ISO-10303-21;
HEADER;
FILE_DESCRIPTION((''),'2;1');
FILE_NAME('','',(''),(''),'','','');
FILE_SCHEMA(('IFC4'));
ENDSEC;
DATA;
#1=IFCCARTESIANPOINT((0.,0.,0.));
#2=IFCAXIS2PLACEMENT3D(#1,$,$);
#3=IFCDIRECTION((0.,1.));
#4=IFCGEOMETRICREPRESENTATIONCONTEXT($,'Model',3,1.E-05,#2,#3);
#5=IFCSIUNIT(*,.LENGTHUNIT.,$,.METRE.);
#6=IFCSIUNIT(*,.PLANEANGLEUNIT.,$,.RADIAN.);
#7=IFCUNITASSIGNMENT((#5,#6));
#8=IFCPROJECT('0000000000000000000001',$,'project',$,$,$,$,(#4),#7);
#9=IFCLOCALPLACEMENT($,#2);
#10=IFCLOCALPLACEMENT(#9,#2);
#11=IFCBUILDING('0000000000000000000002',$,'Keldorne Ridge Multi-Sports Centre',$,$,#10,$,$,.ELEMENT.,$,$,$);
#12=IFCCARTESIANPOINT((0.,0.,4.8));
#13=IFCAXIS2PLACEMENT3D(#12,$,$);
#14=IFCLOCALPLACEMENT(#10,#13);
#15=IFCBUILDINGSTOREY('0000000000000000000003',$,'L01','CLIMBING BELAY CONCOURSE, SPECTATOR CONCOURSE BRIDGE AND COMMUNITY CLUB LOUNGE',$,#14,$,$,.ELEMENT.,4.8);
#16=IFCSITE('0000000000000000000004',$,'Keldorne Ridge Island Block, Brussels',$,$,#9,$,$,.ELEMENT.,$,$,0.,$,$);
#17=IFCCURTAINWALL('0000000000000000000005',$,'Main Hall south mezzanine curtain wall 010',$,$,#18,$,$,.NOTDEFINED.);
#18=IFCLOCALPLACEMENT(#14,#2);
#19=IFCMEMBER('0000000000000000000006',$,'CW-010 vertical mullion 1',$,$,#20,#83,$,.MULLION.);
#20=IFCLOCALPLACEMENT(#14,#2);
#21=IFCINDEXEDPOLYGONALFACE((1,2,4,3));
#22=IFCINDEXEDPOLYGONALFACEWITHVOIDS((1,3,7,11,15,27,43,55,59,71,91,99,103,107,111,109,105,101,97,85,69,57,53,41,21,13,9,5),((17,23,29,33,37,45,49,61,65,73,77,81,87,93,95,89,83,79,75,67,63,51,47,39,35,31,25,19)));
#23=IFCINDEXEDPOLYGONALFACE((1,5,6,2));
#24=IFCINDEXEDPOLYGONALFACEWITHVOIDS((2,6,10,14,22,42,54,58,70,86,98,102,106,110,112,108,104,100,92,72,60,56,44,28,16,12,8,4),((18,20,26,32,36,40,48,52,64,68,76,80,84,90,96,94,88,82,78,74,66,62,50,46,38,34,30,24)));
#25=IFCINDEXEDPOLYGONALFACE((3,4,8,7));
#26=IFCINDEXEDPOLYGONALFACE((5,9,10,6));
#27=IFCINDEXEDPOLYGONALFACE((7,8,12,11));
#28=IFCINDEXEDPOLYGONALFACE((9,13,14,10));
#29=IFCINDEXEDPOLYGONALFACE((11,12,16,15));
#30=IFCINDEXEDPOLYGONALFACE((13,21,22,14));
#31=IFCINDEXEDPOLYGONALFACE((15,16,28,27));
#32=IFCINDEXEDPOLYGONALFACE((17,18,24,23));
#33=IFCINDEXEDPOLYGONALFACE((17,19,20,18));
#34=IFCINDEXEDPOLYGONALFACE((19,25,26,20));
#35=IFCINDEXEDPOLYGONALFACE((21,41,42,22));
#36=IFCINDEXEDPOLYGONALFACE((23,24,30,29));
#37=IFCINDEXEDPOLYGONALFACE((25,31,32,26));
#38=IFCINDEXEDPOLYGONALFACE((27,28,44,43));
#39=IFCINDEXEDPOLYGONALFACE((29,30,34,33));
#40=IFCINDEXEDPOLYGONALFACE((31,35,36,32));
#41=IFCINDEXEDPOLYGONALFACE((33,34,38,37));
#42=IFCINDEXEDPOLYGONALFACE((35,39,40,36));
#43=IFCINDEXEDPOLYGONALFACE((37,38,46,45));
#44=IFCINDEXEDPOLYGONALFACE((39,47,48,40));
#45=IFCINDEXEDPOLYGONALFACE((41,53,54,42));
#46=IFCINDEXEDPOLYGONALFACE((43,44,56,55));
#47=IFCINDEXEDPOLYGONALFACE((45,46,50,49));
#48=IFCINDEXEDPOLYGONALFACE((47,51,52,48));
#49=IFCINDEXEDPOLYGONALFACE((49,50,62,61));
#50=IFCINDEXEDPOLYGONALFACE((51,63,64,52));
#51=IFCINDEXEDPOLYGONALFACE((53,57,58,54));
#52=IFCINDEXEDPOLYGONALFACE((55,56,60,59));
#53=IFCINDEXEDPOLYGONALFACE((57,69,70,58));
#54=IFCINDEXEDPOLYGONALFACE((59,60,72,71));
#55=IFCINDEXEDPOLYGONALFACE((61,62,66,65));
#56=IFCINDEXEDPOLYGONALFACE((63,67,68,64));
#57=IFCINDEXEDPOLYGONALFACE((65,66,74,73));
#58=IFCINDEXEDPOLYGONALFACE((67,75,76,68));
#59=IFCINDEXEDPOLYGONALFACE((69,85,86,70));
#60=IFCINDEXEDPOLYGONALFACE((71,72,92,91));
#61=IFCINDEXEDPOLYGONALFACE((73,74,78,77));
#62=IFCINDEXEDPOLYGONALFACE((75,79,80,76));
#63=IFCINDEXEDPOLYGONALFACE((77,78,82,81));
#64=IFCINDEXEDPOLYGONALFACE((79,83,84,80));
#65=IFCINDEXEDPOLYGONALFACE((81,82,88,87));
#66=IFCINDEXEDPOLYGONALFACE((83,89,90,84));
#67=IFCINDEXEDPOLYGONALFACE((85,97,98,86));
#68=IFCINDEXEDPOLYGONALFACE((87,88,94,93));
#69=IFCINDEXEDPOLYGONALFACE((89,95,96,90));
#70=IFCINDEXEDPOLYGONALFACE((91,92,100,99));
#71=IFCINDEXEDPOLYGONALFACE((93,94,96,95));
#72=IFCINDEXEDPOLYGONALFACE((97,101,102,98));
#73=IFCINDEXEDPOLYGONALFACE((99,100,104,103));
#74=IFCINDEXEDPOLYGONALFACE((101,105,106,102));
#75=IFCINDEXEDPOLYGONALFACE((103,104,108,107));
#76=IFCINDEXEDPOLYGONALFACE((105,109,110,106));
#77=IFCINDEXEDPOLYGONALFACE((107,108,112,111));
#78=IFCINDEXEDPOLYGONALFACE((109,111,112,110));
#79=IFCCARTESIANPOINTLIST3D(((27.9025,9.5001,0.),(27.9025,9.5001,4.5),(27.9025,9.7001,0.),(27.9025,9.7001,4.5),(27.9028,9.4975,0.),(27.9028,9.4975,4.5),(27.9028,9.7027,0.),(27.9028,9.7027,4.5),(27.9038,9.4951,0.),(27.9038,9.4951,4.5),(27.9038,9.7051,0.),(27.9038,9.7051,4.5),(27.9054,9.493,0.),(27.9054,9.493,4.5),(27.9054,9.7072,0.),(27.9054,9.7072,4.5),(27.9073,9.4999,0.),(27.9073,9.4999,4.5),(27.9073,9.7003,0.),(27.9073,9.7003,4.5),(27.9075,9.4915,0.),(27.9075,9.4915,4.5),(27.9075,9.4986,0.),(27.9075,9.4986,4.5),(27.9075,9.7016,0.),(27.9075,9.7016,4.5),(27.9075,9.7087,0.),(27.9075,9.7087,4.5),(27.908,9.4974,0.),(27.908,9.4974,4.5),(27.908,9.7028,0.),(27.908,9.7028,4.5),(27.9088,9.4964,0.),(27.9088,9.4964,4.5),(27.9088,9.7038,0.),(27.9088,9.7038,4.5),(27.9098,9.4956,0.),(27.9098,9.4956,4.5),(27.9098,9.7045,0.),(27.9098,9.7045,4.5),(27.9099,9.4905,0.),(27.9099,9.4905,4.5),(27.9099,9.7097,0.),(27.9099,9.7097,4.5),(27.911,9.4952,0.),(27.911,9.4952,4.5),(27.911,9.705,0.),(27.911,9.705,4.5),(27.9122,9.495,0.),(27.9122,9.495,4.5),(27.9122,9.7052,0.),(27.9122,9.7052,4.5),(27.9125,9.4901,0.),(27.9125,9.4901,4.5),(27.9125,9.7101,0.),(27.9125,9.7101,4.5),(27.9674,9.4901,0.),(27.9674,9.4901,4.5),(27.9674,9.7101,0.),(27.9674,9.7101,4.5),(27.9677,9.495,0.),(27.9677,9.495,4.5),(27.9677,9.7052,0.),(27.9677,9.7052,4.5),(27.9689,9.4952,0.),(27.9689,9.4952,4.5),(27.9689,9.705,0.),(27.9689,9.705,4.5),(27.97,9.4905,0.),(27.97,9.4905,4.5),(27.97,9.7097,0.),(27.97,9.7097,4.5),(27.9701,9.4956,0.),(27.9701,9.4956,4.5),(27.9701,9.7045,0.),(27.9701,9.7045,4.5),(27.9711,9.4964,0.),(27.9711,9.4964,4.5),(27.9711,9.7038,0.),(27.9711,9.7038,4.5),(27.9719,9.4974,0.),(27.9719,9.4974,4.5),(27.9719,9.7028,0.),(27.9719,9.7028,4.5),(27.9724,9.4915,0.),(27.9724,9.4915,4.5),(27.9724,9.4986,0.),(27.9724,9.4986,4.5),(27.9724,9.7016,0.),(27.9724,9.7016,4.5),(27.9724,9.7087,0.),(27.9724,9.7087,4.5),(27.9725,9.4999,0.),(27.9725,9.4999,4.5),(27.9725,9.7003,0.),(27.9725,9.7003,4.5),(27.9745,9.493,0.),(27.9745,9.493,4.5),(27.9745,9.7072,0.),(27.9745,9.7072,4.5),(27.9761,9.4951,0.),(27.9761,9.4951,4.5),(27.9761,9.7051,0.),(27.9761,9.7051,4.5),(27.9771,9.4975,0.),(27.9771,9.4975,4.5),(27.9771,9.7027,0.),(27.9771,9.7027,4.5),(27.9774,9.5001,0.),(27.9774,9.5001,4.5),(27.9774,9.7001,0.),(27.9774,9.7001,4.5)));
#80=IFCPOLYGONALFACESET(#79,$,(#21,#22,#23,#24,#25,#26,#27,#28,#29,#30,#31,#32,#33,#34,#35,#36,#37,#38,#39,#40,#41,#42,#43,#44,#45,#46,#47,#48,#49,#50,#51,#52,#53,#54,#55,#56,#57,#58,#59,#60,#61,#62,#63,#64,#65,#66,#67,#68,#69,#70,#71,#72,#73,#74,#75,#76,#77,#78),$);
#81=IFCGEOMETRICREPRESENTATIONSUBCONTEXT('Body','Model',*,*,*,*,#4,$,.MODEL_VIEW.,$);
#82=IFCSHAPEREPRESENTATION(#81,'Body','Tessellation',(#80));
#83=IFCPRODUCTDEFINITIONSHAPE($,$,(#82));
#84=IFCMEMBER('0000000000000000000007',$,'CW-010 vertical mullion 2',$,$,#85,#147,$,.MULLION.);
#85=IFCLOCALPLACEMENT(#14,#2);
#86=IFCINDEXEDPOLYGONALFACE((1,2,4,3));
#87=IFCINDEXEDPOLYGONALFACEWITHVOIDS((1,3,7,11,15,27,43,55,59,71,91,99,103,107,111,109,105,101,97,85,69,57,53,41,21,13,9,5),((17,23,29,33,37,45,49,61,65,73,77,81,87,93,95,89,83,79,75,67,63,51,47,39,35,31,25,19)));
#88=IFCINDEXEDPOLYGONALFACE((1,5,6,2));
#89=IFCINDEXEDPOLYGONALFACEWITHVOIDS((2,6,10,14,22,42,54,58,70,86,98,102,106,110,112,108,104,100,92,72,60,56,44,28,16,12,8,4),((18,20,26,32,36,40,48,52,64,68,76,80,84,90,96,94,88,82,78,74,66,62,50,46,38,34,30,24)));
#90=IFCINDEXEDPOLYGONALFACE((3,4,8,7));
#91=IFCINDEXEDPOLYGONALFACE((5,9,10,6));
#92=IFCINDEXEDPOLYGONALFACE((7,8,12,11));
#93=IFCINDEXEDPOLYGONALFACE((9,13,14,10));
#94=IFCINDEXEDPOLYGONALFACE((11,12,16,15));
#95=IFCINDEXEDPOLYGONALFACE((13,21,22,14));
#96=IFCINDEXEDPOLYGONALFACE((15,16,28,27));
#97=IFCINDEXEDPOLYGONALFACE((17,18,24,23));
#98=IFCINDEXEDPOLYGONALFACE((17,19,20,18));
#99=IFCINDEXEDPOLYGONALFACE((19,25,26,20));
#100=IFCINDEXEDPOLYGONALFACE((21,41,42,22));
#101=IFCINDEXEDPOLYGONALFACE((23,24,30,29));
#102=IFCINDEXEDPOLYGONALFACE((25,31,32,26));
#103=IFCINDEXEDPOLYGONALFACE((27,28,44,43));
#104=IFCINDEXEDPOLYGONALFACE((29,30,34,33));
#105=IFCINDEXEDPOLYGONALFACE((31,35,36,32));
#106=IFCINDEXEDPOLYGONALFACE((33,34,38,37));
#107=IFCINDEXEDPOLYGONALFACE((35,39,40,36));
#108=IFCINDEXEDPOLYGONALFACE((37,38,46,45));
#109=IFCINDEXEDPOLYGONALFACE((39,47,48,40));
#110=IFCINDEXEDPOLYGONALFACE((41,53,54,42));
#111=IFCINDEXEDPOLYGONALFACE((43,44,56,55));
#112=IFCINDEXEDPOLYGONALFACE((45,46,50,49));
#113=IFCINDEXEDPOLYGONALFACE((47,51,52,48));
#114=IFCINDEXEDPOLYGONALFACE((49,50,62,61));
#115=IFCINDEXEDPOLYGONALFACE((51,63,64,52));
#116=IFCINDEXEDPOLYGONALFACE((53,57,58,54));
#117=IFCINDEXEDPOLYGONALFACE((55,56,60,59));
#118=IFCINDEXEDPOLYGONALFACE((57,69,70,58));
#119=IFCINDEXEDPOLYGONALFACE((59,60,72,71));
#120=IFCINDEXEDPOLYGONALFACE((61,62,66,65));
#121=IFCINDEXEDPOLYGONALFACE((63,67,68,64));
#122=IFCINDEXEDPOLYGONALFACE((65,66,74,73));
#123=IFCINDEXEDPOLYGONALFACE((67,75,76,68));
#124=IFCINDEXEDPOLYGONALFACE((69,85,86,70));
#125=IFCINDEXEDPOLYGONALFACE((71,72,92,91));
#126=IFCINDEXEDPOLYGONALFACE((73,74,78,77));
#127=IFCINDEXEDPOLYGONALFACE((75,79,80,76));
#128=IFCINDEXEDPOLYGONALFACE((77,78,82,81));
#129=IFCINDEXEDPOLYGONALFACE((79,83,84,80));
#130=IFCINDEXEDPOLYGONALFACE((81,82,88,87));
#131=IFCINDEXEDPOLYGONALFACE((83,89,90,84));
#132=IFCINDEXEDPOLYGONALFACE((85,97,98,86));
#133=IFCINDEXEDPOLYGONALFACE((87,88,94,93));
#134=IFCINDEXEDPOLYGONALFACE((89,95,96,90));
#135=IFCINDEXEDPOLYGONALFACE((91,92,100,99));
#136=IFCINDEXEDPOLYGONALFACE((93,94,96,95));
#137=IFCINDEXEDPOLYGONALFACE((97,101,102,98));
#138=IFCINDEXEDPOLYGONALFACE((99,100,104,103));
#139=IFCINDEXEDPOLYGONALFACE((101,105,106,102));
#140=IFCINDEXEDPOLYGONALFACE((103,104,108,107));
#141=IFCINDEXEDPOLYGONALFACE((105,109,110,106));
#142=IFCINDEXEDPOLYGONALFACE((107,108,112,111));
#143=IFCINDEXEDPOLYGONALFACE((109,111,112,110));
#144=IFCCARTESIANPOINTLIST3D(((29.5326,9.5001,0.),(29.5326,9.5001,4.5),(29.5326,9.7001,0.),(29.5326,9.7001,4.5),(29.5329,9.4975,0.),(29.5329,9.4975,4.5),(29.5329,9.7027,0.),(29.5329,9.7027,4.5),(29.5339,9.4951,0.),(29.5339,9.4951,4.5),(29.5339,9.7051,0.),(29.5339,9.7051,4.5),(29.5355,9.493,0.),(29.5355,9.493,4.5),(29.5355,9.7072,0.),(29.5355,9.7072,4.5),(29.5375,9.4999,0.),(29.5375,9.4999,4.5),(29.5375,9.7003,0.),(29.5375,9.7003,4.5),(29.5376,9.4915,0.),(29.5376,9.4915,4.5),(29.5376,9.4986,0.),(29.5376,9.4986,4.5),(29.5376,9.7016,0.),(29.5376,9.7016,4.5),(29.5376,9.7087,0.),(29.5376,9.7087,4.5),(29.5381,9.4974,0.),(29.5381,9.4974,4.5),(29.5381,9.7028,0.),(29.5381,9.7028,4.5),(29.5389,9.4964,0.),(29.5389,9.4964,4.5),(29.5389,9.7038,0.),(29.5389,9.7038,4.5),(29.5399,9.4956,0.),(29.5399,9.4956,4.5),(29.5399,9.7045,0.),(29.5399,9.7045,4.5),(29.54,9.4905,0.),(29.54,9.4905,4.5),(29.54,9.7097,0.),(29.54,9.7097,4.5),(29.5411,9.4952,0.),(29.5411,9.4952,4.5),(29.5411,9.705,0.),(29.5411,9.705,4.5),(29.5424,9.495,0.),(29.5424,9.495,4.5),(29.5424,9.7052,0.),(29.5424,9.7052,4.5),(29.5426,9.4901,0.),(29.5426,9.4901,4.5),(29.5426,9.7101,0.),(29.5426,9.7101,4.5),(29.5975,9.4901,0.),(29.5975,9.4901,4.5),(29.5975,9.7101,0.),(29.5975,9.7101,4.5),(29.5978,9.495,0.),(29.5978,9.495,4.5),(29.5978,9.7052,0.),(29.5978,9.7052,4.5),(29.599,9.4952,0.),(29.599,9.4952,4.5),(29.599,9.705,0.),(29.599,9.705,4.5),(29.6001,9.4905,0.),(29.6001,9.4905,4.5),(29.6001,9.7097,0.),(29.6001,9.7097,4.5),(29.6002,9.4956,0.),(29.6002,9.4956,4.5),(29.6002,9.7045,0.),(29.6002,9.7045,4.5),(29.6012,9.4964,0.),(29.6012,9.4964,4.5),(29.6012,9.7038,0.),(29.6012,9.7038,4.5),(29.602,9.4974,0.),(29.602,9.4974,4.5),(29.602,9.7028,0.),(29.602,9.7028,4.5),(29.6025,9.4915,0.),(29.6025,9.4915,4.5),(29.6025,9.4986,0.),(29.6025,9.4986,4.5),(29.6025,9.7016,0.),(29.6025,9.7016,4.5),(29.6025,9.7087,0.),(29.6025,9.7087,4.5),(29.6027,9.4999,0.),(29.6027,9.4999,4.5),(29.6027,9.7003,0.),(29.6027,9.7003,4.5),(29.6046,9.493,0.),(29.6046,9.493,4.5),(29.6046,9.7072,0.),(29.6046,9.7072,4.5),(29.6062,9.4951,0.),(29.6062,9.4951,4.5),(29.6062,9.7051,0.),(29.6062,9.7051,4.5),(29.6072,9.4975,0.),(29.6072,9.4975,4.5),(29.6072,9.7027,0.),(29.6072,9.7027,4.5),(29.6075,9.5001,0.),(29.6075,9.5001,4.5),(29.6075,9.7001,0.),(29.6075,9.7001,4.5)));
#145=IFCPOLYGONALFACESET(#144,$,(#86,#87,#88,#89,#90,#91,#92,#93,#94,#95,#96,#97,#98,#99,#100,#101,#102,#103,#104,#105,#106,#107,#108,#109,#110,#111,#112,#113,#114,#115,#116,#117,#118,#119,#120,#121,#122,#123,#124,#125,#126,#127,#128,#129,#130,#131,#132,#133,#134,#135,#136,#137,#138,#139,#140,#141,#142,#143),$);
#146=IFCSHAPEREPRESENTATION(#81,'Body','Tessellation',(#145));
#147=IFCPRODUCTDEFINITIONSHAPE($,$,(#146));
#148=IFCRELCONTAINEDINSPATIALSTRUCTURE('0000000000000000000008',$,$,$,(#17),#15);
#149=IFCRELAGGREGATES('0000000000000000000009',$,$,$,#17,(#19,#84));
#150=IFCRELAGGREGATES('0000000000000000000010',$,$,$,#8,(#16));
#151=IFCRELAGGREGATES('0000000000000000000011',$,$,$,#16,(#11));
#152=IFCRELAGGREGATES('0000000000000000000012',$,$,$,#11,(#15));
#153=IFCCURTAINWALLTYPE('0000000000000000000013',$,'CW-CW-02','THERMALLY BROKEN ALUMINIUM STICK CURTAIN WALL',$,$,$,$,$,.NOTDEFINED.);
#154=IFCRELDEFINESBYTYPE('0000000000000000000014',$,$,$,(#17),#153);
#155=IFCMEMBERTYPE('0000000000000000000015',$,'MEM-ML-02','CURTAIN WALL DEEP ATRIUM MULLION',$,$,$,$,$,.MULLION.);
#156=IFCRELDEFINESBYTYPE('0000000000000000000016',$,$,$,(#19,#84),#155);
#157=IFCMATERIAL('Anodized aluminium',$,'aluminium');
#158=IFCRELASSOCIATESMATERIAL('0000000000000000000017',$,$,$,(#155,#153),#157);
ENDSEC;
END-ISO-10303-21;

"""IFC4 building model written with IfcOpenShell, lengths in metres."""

from ifc_helpers import new_model, si_unit, direction, frame, origin, origin_2d, place, context, subcontext, project, spatial, hollow_rectangle, extrude, material, material_profile, profile_set, type_object, element, aggregate, save


model = new_model("IFC4")

# Units and contexts
model_context = context("Model", 3, precision=1e-05, world=origin(), true_north=direction((0.0, 1.0)))
body_context = subcontext(model_context, "Body", "Model", "MODEL_VIEW")
ifc_project = project(units=[si_unit("LENGTHUNIT", "METRE"), si_unit("PLANEANGLEUNIT", "RADIAN")], contexts=[model_context])

# Site, building, storey
site_placement = place(None, origin())
site = spatial("IfcSite", under=ifc_project, at=site_placement, Name="Keldorne Ridge Island Block, Brussels", CompositionType="ELEMENT", RefElevation=0.0)
building_placement = place(site_placement, origin())
building = spatial("IfcBuilding", under=site, at=building_placement, Name="Keldorne Ridge Multi-Sports Centre", CompositionType="ELEMENT")
storey_placement = place(building_placement, frame((0.0, 0.0, 4.8)))
storey = spatial("IfcBuildingStorey", under=building, at=storey_placement, Name="L01", Description="CLIMBING BELAY CONCOURSE, SPECTATOR CONCOURSE BRIDGE AND COMMUNITY CLUB LOUNGE", CompositionType="ELEMENT", Elevation=4.8)

# Curtain wall, members
ifc_material_1 = material(Name="Anodized aluminium", Category="aluminium")
ifc_material_profile_1 = material_profile(ifc_material_1, hollow_rectangle(XDim=0.075, YDim=0.22, WallThickness=0.0049, InnerFilletRadius=0.0049, OuterFilletRadius=0.01, at=origin_2d()), Name="ALU MULLION 220x75x5")
ifc_profile_set_1 = profile_set([ifc_material_profile_1], Name="Anodized aluminium")
member_type_1 = type_object("IfcMemberType", Name="MEM-ML-02", Description="CURTAIN WALL DEEP ATRIUM MULLION", PredefinedType="MULLION", material=ifc_profile_set_1)
curtain_wall_type_1 = type_object("IfcCurtainWallType", Name="CW-CW-02", Description="THERMALLY BROKEN ALUMINIUM STICK CURTAIN WALL", PredefinedType="NOTDEFINED", material=ifc_material_1)
curtain_wall_1_placement = place(storey_placement, origin())
curtain_wall_1 = element("IfcCurtainWall", 1, at=curtain_wall_1_placement, inside=storey, type_object=curtain_wall_type_1, Name="Main Hall south mezzanine curtain wall 010", PredefinedType="NOTDEFINED")
member_1_placement = place(storey_placement, frame((27.9399, 9.6001, 0.0), z_axis=(0.0, 0.0, 1.0), x_axis=(1.0, 0.0, 0.0)))
member_1 = element("IfcMember", 2, at=member_1_placement, type_object=member_type_1, Name="CW-010 vertical mullion 1", PredefinedType="MULLION", context=body_context, shape_type="SweptSolid", body=[
    extrude(hollow_rectangle(XDim=0.075, YDim=0.22, WallThickness=0.0049, InnerFilletRadius=0.0049, OuterFilletRadius=0.01, at=origin_2d()), origin(), (0.0, 0.0, 1.0), 4.5),
])
member_2_placement = place(storey_placement, frame((29.5701, 9.6001, 0.0), z_axis=(0.0, 0.0, 1.0), x_axis=(1.0, 0.0, 0.0)))
member_2 = element("IfcMember", 3, at=member_2_placement, type_object=member_type_1, Name="CW-010 vertical mullion 2", PredefinedType="MULLION", context=body_context, shape_type="SweptSolid", body=[
    extrude(hollow_rectangle(XDim=0.075, YDim=0.22, WallThickness=0.0049, InnerFilletRadius=0.0049, OuterFilletRadius=0.01, at=origin_2d()), origin(), (0.0, 0.0, 1.0), 4.5),
])

aggregate(curtain_wall_1, [member_1, member_2])

save(model, "model.ifc")
